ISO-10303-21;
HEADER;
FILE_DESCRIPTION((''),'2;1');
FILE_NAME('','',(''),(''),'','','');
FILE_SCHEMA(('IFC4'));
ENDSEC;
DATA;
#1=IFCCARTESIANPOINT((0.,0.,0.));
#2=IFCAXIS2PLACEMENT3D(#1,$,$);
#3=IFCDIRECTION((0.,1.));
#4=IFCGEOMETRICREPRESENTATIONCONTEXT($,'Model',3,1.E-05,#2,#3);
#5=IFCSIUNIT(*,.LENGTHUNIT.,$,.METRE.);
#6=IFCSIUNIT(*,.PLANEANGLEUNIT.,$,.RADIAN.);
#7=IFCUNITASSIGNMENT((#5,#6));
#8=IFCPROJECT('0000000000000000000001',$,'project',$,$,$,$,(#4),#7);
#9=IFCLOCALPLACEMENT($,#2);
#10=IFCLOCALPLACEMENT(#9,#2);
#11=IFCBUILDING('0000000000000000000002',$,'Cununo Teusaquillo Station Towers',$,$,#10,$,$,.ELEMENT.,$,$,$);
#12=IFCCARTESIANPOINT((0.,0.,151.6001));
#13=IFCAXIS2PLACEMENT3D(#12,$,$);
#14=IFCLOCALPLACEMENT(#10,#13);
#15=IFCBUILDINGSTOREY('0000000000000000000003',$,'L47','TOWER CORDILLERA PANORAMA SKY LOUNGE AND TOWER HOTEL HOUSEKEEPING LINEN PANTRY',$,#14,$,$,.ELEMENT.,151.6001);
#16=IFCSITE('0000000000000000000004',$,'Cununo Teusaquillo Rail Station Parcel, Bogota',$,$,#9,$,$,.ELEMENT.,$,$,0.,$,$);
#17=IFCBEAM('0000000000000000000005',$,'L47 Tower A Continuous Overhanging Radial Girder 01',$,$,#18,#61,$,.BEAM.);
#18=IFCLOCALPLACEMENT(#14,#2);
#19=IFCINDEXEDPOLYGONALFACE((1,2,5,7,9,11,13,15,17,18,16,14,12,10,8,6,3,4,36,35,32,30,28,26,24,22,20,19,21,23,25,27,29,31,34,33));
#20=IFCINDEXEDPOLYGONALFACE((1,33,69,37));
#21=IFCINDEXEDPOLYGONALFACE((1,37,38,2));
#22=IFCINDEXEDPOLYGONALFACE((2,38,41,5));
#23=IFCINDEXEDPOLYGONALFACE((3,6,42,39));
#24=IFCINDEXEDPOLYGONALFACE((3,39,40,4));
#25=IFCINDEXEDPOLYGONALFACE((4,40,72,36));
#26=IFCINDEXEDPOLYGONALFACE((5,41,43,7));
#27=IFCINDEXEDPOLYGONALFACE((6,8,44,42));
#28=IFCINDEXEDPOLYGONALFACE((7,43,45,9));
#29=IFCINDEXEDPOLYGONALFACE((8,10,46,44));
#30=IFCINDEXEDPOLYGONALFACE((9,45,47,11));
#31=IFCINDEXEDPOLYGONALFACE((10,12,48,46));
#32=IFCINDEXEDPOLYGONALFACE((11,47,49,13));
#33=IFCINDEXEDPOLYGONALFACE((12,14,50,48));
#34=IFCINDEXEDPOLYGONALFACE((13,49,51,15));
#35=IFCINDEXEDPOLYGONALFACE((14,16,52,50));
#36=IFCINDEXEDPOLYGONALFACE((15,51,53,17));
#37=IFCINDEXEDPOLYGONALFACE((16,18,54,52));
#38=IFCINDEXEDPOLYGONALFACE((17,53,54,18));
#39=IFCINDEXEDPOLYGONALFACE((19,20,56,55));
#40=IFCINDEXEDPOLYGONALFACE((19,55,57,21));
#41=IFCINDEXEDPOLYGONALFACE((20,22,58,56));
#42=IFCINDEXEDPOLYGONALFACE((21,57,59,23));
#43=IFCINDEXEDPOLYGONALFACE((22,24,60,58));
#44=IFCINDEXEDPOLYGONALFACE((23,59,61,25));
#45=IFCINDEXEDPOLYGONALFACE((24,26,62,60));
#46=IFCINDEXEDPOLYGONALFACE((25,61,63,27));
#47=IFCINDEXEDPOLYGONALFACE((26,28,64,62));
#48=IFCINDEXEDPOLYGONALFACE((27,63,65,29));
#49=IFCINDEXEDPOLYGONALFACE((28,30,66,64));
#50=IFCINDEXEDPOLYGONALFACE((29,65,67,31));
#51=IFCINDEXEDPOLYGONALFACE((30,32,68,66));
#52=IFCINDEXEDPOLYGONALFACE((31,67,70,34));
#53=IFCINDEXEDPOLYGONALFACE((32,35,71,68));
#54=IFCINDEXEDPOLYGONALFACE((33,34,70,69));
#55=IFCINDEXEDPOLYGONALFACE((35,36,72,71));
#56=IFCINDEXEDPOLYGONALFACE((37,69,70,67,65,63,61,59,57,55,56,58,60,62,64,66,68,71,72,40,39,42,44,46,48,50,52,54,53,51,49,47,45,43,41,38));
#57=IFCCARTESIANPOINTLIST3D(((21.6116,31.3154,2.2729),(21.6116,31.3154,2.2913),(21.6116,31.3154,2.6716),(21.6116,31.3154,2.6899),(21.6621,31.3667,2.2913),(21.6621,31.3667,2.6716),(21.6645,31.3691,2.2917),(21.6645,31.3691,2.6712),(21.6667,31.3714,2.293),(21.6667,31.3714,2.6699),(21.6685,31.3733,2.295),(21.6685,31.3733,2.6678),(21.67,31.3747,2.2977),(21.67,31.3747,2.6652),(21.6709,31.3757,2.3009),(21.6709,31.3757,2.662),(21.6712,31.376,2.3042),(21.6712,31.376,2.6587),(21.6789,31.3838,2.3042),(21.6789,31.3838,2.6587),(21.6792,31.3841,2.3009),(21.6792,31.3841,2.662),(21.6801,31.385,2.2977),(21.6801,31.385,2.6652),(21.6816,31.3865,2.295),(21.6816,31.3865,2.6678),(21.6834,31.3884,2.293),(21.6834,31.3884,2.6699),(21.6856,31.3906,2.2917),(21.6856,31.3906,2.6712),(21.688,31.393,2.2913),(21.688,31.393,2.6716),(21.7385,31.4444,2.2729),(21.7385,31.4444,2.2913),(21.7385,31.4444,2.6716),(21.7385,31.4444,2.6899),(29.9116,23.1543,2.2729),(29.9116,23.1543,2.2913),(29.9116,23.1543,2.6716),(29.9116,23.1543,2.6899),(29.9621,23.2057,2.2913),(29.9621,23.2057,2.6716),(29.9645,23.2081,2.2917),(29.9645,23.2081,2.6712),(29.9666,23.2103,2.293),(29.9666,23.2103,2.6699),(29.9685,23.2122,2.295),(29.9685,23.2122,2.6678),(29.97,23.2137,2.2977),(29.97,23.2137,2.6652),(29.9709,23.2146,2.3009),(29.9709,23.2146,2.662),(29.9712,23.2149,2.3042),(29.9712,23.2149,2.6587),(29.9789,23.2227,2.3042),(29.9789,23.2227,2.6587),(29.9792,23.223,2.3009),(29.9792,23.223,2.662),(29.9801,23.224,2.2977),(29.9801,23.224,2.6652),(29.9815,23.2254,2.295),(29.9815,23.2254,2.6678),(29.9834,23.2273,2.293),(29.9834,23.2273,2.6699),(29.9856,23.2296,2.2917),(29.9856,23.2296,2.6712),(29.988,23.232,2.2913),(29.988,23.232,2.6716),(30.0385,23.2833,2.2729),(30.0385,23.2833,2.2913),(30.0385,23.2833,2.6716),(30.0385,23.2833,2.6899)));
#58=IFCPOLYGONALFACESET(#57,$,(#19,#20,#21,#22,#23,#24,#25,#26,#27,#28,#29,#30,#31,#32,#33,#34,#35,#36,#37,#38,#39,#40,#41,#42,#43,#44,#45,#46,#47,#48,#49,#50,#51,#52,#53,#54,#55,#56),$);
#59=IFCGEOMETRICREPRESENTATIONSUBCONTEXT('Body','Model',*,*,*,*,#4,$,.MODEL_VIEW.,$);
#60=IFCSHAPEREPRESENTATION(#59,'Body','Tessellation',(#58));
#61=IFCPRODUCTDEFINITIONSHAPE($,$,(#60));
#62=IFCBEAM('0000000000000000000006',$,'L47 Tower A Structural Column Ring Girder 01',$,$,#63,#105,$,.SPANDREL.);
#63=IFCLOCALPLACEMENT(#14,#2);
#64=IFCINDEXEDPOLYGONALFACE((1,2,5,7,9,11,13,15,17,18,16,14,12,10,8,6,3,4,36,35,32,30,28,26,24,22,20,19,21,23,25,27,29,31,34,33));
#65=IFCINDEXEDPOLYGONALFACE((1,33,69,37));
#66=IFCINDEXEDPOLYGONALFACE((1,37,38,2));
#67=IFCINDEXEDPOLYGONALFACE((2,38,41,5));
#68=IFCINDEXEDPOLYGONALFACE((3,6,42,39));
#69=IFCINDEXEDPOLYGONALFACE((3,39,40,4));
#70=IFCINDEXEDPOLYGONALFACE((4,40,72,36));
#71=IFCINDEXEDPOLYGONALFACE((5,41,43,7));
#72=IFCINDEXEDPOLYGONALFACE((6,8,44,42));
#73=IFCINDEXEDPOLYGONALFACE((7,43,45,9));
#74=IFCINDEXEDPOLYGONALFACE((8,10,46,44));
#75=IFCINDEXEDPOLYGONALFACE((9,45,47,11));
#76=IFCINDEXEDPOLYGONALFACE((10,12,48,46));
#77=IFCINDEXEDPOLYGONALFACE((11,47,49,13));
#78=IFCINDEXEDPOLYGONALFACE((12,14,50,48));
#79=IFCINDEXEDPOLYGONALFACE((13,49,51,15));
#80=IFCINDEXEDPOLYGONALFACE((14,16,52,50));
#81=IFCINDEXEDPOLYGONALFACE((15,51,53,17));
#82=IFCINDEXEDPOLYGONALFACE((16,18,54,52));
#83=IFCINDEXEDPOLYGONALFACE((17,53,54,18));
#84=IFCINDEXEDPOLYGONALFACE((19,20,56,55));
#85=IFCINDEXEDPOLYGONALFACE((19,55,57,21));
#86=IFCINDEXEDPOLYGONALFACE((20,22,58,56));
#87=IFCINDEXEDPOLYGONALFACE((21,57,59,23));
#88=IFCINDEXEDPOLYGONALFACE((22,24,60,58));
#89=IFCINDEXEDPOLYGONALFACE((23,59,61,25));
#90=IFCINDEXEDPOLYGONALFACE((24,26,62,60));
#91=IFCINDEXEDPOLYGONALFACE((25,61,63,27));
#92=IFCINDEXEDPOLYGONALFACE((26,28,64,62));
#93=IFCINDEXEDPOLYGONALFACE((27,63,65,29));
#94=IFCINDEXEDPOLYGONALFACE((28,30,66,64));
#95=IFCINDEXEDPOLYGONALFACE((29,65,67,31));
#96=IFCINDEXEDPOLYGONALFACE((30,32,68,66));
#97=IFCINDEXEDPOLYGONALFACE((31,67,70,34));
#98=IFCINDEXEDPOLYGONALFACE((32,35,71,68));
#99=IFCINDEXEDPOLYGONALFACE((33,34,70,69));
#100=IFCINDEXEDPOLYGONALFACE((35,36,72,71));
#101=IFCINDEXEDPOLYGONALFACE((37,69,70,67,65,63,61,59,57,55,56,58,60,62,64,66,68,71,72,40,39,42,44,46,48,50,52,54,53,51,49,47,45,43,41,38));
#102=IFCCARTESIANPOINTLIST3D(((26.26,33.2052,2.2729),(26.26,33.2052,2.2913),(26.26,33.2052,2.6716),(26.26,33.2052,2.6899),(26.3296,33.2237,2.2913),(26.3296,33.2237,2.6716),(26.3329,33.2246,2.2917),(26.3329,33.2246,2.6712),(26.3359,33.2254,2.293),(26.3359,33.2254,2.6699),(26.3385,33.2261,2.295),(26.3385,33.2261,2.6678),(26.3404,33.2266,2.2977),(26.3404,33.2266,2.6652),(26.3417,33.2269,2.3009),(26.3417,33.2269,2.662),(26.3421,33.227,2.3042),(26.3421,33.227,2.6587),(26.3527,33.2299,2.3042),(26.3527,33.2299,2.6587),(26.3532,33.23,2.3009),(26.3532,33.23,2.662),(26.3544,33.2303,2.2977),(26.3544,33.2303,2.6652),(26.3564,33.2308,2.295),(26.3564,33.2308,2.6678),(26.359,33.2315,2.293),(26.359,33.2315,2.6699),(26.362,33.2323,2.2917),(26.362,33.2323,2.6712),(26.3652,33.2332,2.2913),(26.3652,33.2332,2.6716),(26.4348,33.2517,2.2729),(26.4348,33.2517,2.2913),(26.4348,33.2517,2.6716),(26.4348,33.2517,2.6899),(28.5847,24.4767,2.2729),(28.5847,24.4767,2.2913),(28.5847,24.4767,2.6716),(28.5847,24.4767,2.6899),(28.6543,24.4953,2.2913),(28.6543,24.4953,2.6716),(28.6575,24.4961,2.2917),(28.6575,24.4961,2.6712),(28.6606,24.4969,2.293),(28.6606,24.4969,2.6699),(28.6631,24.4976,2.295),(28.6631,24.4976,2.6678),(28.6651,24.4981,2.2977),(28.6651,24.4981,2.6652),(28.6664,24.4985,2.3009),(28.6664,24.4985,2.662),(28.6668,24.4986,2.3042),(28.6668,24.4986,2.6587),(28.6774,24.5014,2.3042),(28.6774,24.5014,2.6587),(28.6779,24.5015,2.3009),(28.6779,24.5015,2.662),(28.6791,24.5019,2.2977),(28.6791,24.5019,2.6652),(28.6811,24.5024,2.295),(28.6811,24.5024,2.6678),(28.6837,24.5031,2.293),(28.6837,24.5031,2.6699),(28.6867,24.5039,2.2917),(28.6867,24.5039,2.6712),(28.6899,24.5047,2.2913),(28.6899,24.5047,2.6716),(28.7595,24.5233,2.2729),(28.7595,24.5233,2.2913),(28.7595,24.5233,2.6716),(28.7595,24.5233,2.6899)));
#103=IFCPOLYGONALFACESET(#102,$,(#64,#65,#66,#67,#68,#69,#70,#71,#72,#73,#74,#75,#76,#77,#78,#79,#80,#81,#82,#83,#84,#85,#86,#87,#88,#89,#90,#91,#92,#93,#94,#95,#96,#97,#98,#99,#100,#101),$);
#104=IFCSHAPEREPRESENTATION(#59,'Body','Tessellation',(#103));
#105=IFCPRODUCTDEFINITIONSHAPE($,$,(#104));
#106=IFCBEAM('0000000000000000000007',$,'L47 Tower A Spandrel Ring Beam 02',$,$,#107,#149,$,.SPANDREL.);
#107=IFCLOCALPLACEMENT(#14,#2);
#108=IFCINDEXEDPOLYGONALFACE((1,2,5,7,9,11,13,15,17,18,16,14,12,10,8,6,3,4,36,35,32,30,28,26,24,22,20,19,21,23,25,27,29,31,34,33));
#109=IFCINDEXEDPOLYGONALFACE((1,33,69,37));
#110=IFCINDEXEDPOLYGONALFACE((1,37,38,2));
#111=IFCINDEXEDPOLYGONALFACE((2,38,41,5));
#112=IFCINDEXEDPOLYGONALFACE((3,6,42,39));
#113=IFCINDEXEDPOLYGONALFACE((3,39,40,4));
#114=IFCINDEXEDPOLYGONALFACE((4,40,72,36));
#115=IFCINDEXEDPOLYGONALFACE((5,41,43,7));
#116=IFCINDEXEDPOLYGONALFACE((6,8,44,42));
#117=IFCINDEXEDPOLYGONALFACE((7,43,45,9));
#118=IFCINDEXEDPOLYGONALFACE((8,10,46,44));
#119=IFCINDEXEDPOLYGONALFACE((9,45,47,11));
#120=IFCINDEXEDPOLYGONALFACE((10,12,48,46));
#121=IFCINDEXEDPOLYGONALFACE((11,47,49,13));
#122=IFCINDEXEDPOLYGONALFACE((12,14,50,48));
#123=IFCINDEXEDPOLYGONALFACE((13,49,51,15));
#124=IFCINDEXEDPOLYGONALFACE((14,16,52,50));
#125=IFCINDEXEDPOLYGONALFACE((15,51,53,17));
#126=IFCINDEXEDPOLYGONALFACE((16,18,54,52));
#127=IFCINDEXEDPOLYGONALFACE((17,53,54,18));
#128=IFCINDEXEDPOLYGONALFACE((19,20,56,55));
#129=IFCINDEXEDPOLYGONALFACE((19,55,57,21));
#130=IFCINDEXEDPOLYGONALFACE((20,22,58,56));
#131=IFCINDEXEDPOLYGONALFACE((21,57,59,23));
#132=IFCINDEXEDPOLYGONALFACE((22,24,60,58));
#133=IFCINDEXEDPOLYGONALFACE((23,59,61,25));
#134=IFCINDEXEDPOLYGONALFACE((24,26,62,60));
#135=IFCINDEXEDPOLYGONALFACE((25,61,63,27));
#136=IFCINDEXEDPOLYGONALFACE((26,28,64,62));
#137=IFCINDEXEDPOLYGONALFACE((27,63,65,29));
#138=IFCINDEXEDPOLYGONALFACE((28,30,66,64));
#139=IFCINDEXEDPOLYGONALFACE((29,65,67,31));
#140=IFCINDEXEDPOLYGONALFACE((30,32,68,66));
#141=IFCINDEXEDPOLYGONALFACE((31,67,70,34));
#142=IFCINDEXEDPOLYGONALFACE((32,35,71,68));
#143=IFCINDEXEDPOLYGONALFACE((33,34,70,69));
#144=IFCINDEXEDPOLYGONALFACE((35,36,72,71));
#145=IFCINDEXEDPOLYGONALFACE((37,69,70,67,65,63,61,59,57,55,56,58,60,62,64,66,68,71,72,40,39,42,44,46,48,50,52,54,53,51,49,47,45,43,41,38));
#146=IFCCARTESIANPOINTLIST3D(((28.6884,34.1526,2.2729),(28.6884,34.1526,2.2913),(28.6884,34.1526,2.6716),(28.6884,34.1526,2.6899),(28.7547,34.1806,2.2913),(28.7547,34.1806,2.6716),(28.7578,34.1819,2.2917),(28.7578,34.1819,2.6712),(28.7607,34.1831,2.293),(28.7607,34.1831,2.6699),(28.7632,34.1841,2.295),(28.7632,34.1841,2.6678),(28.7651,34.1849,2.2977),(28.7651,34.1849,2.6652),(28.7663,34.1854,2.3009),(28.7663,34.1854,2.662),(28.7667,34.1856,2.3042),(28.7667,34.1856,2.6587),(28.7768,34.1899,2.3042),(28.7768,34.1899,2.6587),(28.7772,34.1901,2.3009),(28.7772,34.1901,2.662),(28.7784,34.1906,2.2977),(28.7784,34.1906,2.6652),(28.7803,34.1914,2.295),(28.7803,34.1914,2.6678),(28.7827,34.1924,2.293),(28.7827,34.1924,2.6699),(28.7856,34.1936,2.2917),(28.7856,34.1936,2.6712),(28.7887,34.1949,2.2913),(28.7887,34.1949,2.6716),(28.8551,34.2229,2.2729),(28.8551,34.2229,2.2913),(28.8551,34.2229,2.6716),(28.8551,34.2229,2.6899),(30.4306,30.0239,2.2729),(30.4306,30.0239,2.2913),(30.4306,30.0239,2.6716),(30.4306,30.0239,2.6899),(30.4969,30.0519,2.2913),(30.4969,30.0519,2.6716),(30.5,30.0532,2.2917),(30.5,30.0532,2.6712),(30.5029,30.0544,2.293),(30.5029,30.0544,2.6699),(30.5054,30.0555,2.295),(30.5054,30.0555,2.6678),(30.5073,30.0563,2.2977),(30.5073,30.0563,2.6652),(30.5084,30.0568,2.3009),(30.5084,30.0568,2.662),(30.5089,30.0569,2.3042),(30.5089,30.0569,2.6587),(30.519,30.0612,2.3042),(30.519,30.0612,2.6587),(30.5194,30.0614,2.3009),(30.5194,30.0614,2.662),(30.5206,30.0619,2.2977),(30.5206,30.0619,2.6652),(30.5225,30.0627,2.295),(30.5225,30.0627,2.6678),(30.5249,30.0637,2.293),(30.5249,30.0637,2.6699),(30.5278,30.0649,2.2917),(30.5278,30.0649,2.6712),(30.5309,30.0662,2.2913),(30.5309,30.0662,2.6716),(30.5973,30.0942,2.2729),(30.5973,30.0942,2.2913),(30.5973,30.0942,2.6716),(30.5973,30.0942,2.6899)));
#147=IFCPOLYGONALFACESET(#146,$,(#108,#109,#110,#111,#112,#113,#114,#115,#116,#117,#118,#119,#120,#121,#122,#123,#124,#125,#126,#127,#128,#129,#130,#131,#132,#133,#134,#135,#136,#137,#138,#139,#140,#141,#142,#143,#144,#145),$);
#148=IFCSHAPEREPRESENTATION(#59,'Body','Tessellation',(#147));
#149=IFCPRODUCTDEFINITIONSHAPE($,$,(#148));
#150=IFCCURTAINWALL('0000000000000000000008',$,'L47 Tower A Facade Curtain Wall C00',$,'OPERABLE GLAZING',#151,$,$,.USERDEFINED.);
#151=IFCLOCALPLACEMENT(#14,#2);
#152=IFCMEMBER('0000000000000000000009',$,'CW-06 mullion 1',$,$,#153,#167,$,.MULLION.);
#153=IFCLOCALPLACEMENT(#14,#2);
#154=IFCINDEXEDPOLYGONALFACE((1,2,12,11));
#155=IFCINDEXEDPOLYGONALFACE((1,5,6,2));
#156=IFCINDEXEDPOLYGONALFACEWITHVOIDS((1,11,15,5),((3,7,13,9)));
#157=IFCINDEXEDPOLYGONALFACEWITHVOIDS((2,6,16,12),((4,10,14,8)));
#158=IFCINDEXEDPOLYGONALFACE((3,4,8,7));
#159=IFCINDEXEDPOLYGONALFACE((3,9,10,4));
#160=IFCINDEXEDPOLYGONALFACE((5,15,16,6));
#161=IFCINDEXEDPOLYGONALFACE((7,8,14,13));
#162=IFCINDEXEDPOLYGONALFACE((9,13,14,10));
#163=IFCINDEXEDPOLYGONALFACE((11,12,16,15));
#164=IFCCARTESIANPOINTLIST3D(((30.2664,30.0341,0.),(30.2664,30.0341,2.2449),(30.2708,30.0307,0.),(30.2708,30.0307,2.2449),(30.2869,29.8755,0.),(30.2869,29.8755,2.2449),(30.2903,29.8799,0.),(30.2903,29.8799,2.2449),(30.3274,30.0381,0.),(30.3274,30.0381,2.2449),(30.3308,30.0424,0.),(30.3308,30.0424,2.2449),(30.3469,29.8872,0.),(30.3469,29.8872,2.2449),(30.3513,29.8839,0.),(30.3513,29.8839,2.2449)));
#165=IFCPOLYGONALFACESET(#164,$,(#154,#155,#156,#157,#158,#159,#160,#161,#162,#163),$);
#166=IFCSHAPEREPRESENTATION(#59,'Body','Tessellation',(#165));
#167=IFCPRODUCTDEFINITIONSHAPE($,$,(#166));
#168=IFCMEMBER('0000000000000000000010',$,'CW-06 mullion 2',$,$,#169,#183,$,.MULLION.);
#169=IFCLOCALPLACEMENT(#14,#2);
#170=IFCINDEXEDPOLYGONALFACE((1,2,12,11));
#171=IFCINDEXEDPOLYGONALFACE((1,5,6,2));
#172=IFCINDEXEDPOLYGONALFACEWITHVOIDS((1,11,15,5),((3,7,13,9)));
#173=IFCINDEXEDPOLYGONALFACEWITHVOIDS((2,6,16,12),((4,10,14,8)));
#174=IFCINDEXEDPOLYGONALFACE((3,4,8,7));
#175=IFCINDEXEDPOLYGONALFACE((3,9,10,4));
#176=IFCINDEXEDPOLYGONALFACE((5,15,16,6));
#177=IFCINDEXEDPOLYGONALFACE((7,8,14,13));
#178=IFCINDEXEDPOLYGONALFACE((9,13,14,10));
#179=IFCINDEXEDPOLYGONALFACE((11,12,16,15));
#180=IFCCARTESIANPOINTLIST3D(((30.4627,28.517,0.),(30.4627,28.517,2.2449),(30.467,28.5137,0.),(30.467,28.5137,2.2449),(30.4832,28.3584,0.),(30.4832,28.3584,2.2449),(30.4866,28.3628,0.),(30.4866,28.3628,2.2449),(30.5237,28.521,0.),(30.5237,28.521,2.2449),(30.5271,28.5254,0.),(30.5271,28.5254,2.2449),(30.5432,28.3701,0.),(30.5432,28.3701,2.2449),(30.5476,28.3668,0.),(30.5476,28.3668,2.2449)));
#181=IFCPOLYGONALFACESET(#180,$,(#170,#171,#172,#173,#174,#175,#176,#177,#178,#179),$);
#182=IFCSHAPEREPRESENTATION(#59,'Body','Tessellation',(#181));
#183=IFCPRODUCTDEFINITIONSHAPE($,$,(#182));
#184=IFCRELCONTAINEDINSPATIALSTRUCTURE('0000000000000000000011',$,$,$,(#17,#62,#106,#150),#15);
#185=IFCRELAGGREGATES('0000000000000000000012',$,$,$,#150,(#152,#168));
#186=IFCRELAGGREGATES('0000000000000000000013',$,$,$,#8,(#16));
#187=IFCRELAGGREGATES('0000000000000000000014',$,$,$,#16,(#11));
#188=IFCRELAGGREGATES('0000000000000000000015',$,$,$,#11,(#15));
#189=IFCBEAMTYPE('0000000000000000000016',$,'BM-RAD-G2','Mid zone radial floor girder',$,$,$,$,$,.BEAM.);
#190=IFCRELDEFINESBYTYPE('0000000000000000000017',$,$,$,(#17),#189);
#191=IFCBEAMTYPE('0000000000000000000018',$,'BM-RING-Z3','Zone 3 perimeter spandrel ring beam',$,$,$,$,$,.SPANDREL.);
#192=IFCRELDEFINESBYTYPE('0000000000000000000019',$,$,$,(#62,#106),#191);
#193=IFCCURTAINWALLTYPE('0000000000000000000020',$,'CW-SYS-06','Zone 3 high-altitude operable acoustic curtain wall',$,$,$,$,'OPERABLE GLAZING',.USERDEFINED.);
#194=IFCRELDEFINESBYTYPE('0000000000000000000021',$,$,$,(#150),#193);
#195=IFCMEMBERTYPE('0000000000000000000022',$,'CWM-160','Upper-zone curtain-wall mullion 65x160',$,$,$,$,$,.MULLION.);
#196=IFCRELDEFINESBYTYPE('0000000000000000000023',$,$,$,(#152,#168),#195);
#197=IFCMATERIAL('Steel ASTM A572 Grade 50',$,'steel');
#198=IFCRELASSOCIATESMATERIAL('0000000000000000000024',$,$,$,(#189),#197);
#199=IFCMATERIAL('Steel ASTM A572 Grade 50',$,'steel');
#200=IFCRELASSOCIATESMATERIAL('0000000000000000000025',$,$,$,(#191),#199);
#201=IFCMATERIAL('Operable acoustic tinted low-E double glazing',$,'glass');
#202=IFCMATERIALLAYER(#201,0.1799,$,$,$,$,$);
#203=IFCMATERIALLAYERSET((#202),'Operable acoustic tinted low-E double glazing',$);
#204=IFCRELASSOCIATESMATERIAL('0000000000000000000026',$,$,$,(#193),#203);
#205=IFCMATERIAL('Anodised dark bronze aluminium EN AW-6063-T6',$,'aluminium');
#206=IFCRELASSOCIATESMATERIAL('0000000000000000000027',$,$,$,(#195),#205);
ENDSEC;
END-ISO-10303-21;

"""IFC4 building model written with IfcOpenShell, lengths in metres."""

from ifc_helpers import new_model, si_unit, direction, frame, origin, origin_2d, place, context, subcontext, project, spatial, hollow_rectangle, i_section, extrude, material, layer, layer_set, material_profile, profile_set, type_object, element, aggregate, save


model = new_model("IFC4")

# Units and contexts
model_context = context("Model", 3, precision=1e-05, world=origin(), true_north=direction((0.0, 1.0)))
body_context = subcontext(model_context, "Body", "Model", "MODEL_VIEW")
ifc_project = project(units=[si_unit("LENGTHUNIT", "METRE"), si_unit("PLANEANGLEUNIT", "RADIAN")], contexts=[model_context])

# Site, building, storey
site_placement = place(None, origin())
site = spatial("IfcSite", under=ifc_project, at=site_placement, Name="Cununo Teusaquillo Rail Station Parcel, Bogota", CompositionType="ELEMENT", RefElevation=0.0)
building_placement = place(site_placement, origin())
building = spatial("IfcBuilding", under=site, at=building_placement, Name="Cununo Teusaquillo Station Towers", CompositionType="ELEMENT")
storey_placement = place(building_placement, frame((0.0, 0.0, 151.6001)))
storey = spatial("IfcBuildingStorey", under=building, at=storey_placement, Name="L47", Description="TOWER CORDILLERA PANORAMA SKY LOUNGE AND TOWER HOTEL HOUSEKEEPING LINEN PANTRY", CompositionType="ELEMENT", Elevation=151.6001)

# Beams
ifc_material_1 = material(Name="Steel ASTM A572 Grade 50", Category="steel")
ifc_material_profile_1 = material_profile(ifc_material_1, i_section(OverallWidth=0.1809, OverallDepth=0.417, WebThickness=0.011, FlangeThickness=0.0183, FilletRadius=0.0129, at=origin_2d()), Name="W16X57")
ifc_profile_set_1 = profile_set([ifc_material_profile_1], Name="Steel ASTM A572 Grade 50")
beam_type_1 = type_object("IfcBeamType", Name="BM-RAD-G2", Description="Mid zone radial floor girder", PredefinedType="BEAM", material=ifc_profile_set_1)
beam_1_placement = place(storey_placement, frame((21.675, 31.3799, 2.4814), z_axis=(0.713049, -0.701115, 0.0), x_axis=(0.701115, 0.713049, 0.0)))
element("IfcBeam", 1, at=beam_1_placement, inside=storey, type_object=beam_type_1, Name="L47 Tower A Continuous Overhanging Radial Girder 01", PredefinedType="BEAM", context=body_context, shape_type="SweptSolid", body=[
    extrude(i_section(OverallWidth=0.1809, OverallDepth=0.417, WebThickness=0.011, FlangeThickness=0.0183, FilletRadius=0.0129, at=origin_2d()), origin(), (0.0, 0.0, 1.0), 11.6401),
])
ifc_material_2 = material(Name="Steel ASTM A572 Grade 50", Category="steel")
ifc_material_profile_2 = material_profile(ifc_material_2, i_section(OverallWidth=0.1809, OverallDepth=0.417, WebThickness=0.011, FlangeThickness=0.0183, FilletRadius=0.0129, at=origin_2d()), Name="W16X57")
ifc_profile_set_2 = profile_set([ifc_material_profile_2], Name="Steel ASTM A572 Grade 50")
beam_type_2 = type_object("IfcBeamType", Name="BM-RING-Z3", Description="Zone 3 perimeter spandrel ring beam", PredefinedType="SPANDREL", material=ifc_profile_set_2)
beam_2_placement = place(storey_placement, frame((28.6721, 24.5, 2.4814), z_axis=(-0.257363, 0.966315, 0.0), x_axis=(-0.966315, -0.257363, 0.0)))
element("IfcBeam", 2, at=beam_2_placement, inside=storey, type_object=beam_type_2, Name="L47 Tower A Structural Column Ring Girder 01", PredefinedType="SPANDREL", context=body_context, shape_type="SweptSolid", body=[
    extrude(i_section(OverallWidth=0.1809, OverallDepth=0.417, WebThickness=0.011, FlangeThickness=0.0183, FilletRadius=0.0129, at=origin_2d()), origin(), (0.0, 0.0, 1.0), 9.0327),
])
beam_3_placement = place(storey_placement, frame((30.5139, 30.0591, 2.4814), z_axis=(-0.388778, 0.921332, 0.0), x_axis=(-0.921332, -0.388778, 0.0)))
element("IfcBeam", 3, at=beam_3_placement, inside=storey, type_object=beam_type_2, Name="L47 Tower A Spandrel Ring Beam 02", PredefinedType="SPANDREL", context=body_context, shape_type="SweptSolid", body=[
    extrude(i_section(OverallWidth=0.1809, OverallDepth=0.417, WebThickness=0.011, FlangeThickness=0.0183, FilletRadius=0.0129, at=origin_2d()), origin(), (0.0, 0.0, 1.0), 4.4812),
])

# Curtain wall, members
ifc_material_3 = material(Name="Operable acoustic tinted low-E double glazing", Category="glass")
ifc_layer_1 = layer(ifc_material_3, 0.1799)
ifc_layer_set_1 = layer_set([ifc_layer_1], Name="Operable acoustic tinted low-E double glazing")
curtain_wall_type = type_object("IfcCurtainWallType", Name="CW-SYS-06", Description="Zone 3 high-altitude operable acoustic curtain wall", ElementType="OPERABLE GLAZING", PredefinedType="USERDEFINED", material=ifc_layer_set_1)
curtain_wall_placement = place(storey_placement, origin())
curtain_wall = element("IfcCurtainWall", 4, at=curtain_wall_placement, inside=storey, type_object=curtain_wall_type, Name="L47 Tower A Facade Curtain Wall C00", ObjectType="OPERABLE GLAZING", PredefinedType="USERDEFINED")
ifc_material_4 = material(Name="Anodised dark bronze aluminium EN AW-6063-T6", Category="aluminium")
ifc_material_profile_3 = material_profile(ifc_material_4, hollow_rectangle(XDim=0.0649, YDim=0.1599, WallThickness=0.0039, at=origin_2d()), Name="CW-MULL-65x160")
ifc_profile_set_3 = profile_set([ifc_material_profile_3], Name="Anodised dark bronze aluminium EN AW-6063-T6")
member_type_1 = type_object("IfcMemberType", Name="CWM-160", Description="Upper-zone curtain-wall mullion 65x160", PredefinedType="MULLION", material=ifc_profile_set_3)
member_1_placement = place(storey_placement, frame((30.3088, 29.959, 0.0), z_axis=(0.0, 0.0, 1.0), x_axis=(0.991736, 0.128293, 0.0)))
member_1 = element("IfcMember", 5, at=member_1_placement, type_object=member_type_1, Name="CW-06 mullion 1", PredefinedType="MULLION", context=body_context, shape_type="SweptSolid", body=[
    extrude(hollow_rectangle(XDim=0.0649, YDim=0.1599, WallThickness=0.0039, at=origin_2d()), origin(), (0.0, 0.0, 1.0), 2.2449),
])
member_2_placement = place(storey_placement, frame((30.5051, 28.4419, 0.0), z_axis=(0.0, 0.0, 1.0), x_axis=(0.991736, 0.128293, 0.0)))
member_2 = element("IfcMember", 6, at=member_2_placement, type_object=member_type_1, Name="CW-06 mullion 2", PredefinedType="MULLION", context=body_context, shape_type="SweptSolid", body=[
    extrude(hollow_rectangle(XDim=0.0649, YDim=0.1599, WallThickness=0.0039, at=origin_2d()), origin(), (0.0, 0.0, 1.0), 2.2449),
])

aggregate(curtain_wall, [member_1, member_2])

save(model, "model.ifc")
